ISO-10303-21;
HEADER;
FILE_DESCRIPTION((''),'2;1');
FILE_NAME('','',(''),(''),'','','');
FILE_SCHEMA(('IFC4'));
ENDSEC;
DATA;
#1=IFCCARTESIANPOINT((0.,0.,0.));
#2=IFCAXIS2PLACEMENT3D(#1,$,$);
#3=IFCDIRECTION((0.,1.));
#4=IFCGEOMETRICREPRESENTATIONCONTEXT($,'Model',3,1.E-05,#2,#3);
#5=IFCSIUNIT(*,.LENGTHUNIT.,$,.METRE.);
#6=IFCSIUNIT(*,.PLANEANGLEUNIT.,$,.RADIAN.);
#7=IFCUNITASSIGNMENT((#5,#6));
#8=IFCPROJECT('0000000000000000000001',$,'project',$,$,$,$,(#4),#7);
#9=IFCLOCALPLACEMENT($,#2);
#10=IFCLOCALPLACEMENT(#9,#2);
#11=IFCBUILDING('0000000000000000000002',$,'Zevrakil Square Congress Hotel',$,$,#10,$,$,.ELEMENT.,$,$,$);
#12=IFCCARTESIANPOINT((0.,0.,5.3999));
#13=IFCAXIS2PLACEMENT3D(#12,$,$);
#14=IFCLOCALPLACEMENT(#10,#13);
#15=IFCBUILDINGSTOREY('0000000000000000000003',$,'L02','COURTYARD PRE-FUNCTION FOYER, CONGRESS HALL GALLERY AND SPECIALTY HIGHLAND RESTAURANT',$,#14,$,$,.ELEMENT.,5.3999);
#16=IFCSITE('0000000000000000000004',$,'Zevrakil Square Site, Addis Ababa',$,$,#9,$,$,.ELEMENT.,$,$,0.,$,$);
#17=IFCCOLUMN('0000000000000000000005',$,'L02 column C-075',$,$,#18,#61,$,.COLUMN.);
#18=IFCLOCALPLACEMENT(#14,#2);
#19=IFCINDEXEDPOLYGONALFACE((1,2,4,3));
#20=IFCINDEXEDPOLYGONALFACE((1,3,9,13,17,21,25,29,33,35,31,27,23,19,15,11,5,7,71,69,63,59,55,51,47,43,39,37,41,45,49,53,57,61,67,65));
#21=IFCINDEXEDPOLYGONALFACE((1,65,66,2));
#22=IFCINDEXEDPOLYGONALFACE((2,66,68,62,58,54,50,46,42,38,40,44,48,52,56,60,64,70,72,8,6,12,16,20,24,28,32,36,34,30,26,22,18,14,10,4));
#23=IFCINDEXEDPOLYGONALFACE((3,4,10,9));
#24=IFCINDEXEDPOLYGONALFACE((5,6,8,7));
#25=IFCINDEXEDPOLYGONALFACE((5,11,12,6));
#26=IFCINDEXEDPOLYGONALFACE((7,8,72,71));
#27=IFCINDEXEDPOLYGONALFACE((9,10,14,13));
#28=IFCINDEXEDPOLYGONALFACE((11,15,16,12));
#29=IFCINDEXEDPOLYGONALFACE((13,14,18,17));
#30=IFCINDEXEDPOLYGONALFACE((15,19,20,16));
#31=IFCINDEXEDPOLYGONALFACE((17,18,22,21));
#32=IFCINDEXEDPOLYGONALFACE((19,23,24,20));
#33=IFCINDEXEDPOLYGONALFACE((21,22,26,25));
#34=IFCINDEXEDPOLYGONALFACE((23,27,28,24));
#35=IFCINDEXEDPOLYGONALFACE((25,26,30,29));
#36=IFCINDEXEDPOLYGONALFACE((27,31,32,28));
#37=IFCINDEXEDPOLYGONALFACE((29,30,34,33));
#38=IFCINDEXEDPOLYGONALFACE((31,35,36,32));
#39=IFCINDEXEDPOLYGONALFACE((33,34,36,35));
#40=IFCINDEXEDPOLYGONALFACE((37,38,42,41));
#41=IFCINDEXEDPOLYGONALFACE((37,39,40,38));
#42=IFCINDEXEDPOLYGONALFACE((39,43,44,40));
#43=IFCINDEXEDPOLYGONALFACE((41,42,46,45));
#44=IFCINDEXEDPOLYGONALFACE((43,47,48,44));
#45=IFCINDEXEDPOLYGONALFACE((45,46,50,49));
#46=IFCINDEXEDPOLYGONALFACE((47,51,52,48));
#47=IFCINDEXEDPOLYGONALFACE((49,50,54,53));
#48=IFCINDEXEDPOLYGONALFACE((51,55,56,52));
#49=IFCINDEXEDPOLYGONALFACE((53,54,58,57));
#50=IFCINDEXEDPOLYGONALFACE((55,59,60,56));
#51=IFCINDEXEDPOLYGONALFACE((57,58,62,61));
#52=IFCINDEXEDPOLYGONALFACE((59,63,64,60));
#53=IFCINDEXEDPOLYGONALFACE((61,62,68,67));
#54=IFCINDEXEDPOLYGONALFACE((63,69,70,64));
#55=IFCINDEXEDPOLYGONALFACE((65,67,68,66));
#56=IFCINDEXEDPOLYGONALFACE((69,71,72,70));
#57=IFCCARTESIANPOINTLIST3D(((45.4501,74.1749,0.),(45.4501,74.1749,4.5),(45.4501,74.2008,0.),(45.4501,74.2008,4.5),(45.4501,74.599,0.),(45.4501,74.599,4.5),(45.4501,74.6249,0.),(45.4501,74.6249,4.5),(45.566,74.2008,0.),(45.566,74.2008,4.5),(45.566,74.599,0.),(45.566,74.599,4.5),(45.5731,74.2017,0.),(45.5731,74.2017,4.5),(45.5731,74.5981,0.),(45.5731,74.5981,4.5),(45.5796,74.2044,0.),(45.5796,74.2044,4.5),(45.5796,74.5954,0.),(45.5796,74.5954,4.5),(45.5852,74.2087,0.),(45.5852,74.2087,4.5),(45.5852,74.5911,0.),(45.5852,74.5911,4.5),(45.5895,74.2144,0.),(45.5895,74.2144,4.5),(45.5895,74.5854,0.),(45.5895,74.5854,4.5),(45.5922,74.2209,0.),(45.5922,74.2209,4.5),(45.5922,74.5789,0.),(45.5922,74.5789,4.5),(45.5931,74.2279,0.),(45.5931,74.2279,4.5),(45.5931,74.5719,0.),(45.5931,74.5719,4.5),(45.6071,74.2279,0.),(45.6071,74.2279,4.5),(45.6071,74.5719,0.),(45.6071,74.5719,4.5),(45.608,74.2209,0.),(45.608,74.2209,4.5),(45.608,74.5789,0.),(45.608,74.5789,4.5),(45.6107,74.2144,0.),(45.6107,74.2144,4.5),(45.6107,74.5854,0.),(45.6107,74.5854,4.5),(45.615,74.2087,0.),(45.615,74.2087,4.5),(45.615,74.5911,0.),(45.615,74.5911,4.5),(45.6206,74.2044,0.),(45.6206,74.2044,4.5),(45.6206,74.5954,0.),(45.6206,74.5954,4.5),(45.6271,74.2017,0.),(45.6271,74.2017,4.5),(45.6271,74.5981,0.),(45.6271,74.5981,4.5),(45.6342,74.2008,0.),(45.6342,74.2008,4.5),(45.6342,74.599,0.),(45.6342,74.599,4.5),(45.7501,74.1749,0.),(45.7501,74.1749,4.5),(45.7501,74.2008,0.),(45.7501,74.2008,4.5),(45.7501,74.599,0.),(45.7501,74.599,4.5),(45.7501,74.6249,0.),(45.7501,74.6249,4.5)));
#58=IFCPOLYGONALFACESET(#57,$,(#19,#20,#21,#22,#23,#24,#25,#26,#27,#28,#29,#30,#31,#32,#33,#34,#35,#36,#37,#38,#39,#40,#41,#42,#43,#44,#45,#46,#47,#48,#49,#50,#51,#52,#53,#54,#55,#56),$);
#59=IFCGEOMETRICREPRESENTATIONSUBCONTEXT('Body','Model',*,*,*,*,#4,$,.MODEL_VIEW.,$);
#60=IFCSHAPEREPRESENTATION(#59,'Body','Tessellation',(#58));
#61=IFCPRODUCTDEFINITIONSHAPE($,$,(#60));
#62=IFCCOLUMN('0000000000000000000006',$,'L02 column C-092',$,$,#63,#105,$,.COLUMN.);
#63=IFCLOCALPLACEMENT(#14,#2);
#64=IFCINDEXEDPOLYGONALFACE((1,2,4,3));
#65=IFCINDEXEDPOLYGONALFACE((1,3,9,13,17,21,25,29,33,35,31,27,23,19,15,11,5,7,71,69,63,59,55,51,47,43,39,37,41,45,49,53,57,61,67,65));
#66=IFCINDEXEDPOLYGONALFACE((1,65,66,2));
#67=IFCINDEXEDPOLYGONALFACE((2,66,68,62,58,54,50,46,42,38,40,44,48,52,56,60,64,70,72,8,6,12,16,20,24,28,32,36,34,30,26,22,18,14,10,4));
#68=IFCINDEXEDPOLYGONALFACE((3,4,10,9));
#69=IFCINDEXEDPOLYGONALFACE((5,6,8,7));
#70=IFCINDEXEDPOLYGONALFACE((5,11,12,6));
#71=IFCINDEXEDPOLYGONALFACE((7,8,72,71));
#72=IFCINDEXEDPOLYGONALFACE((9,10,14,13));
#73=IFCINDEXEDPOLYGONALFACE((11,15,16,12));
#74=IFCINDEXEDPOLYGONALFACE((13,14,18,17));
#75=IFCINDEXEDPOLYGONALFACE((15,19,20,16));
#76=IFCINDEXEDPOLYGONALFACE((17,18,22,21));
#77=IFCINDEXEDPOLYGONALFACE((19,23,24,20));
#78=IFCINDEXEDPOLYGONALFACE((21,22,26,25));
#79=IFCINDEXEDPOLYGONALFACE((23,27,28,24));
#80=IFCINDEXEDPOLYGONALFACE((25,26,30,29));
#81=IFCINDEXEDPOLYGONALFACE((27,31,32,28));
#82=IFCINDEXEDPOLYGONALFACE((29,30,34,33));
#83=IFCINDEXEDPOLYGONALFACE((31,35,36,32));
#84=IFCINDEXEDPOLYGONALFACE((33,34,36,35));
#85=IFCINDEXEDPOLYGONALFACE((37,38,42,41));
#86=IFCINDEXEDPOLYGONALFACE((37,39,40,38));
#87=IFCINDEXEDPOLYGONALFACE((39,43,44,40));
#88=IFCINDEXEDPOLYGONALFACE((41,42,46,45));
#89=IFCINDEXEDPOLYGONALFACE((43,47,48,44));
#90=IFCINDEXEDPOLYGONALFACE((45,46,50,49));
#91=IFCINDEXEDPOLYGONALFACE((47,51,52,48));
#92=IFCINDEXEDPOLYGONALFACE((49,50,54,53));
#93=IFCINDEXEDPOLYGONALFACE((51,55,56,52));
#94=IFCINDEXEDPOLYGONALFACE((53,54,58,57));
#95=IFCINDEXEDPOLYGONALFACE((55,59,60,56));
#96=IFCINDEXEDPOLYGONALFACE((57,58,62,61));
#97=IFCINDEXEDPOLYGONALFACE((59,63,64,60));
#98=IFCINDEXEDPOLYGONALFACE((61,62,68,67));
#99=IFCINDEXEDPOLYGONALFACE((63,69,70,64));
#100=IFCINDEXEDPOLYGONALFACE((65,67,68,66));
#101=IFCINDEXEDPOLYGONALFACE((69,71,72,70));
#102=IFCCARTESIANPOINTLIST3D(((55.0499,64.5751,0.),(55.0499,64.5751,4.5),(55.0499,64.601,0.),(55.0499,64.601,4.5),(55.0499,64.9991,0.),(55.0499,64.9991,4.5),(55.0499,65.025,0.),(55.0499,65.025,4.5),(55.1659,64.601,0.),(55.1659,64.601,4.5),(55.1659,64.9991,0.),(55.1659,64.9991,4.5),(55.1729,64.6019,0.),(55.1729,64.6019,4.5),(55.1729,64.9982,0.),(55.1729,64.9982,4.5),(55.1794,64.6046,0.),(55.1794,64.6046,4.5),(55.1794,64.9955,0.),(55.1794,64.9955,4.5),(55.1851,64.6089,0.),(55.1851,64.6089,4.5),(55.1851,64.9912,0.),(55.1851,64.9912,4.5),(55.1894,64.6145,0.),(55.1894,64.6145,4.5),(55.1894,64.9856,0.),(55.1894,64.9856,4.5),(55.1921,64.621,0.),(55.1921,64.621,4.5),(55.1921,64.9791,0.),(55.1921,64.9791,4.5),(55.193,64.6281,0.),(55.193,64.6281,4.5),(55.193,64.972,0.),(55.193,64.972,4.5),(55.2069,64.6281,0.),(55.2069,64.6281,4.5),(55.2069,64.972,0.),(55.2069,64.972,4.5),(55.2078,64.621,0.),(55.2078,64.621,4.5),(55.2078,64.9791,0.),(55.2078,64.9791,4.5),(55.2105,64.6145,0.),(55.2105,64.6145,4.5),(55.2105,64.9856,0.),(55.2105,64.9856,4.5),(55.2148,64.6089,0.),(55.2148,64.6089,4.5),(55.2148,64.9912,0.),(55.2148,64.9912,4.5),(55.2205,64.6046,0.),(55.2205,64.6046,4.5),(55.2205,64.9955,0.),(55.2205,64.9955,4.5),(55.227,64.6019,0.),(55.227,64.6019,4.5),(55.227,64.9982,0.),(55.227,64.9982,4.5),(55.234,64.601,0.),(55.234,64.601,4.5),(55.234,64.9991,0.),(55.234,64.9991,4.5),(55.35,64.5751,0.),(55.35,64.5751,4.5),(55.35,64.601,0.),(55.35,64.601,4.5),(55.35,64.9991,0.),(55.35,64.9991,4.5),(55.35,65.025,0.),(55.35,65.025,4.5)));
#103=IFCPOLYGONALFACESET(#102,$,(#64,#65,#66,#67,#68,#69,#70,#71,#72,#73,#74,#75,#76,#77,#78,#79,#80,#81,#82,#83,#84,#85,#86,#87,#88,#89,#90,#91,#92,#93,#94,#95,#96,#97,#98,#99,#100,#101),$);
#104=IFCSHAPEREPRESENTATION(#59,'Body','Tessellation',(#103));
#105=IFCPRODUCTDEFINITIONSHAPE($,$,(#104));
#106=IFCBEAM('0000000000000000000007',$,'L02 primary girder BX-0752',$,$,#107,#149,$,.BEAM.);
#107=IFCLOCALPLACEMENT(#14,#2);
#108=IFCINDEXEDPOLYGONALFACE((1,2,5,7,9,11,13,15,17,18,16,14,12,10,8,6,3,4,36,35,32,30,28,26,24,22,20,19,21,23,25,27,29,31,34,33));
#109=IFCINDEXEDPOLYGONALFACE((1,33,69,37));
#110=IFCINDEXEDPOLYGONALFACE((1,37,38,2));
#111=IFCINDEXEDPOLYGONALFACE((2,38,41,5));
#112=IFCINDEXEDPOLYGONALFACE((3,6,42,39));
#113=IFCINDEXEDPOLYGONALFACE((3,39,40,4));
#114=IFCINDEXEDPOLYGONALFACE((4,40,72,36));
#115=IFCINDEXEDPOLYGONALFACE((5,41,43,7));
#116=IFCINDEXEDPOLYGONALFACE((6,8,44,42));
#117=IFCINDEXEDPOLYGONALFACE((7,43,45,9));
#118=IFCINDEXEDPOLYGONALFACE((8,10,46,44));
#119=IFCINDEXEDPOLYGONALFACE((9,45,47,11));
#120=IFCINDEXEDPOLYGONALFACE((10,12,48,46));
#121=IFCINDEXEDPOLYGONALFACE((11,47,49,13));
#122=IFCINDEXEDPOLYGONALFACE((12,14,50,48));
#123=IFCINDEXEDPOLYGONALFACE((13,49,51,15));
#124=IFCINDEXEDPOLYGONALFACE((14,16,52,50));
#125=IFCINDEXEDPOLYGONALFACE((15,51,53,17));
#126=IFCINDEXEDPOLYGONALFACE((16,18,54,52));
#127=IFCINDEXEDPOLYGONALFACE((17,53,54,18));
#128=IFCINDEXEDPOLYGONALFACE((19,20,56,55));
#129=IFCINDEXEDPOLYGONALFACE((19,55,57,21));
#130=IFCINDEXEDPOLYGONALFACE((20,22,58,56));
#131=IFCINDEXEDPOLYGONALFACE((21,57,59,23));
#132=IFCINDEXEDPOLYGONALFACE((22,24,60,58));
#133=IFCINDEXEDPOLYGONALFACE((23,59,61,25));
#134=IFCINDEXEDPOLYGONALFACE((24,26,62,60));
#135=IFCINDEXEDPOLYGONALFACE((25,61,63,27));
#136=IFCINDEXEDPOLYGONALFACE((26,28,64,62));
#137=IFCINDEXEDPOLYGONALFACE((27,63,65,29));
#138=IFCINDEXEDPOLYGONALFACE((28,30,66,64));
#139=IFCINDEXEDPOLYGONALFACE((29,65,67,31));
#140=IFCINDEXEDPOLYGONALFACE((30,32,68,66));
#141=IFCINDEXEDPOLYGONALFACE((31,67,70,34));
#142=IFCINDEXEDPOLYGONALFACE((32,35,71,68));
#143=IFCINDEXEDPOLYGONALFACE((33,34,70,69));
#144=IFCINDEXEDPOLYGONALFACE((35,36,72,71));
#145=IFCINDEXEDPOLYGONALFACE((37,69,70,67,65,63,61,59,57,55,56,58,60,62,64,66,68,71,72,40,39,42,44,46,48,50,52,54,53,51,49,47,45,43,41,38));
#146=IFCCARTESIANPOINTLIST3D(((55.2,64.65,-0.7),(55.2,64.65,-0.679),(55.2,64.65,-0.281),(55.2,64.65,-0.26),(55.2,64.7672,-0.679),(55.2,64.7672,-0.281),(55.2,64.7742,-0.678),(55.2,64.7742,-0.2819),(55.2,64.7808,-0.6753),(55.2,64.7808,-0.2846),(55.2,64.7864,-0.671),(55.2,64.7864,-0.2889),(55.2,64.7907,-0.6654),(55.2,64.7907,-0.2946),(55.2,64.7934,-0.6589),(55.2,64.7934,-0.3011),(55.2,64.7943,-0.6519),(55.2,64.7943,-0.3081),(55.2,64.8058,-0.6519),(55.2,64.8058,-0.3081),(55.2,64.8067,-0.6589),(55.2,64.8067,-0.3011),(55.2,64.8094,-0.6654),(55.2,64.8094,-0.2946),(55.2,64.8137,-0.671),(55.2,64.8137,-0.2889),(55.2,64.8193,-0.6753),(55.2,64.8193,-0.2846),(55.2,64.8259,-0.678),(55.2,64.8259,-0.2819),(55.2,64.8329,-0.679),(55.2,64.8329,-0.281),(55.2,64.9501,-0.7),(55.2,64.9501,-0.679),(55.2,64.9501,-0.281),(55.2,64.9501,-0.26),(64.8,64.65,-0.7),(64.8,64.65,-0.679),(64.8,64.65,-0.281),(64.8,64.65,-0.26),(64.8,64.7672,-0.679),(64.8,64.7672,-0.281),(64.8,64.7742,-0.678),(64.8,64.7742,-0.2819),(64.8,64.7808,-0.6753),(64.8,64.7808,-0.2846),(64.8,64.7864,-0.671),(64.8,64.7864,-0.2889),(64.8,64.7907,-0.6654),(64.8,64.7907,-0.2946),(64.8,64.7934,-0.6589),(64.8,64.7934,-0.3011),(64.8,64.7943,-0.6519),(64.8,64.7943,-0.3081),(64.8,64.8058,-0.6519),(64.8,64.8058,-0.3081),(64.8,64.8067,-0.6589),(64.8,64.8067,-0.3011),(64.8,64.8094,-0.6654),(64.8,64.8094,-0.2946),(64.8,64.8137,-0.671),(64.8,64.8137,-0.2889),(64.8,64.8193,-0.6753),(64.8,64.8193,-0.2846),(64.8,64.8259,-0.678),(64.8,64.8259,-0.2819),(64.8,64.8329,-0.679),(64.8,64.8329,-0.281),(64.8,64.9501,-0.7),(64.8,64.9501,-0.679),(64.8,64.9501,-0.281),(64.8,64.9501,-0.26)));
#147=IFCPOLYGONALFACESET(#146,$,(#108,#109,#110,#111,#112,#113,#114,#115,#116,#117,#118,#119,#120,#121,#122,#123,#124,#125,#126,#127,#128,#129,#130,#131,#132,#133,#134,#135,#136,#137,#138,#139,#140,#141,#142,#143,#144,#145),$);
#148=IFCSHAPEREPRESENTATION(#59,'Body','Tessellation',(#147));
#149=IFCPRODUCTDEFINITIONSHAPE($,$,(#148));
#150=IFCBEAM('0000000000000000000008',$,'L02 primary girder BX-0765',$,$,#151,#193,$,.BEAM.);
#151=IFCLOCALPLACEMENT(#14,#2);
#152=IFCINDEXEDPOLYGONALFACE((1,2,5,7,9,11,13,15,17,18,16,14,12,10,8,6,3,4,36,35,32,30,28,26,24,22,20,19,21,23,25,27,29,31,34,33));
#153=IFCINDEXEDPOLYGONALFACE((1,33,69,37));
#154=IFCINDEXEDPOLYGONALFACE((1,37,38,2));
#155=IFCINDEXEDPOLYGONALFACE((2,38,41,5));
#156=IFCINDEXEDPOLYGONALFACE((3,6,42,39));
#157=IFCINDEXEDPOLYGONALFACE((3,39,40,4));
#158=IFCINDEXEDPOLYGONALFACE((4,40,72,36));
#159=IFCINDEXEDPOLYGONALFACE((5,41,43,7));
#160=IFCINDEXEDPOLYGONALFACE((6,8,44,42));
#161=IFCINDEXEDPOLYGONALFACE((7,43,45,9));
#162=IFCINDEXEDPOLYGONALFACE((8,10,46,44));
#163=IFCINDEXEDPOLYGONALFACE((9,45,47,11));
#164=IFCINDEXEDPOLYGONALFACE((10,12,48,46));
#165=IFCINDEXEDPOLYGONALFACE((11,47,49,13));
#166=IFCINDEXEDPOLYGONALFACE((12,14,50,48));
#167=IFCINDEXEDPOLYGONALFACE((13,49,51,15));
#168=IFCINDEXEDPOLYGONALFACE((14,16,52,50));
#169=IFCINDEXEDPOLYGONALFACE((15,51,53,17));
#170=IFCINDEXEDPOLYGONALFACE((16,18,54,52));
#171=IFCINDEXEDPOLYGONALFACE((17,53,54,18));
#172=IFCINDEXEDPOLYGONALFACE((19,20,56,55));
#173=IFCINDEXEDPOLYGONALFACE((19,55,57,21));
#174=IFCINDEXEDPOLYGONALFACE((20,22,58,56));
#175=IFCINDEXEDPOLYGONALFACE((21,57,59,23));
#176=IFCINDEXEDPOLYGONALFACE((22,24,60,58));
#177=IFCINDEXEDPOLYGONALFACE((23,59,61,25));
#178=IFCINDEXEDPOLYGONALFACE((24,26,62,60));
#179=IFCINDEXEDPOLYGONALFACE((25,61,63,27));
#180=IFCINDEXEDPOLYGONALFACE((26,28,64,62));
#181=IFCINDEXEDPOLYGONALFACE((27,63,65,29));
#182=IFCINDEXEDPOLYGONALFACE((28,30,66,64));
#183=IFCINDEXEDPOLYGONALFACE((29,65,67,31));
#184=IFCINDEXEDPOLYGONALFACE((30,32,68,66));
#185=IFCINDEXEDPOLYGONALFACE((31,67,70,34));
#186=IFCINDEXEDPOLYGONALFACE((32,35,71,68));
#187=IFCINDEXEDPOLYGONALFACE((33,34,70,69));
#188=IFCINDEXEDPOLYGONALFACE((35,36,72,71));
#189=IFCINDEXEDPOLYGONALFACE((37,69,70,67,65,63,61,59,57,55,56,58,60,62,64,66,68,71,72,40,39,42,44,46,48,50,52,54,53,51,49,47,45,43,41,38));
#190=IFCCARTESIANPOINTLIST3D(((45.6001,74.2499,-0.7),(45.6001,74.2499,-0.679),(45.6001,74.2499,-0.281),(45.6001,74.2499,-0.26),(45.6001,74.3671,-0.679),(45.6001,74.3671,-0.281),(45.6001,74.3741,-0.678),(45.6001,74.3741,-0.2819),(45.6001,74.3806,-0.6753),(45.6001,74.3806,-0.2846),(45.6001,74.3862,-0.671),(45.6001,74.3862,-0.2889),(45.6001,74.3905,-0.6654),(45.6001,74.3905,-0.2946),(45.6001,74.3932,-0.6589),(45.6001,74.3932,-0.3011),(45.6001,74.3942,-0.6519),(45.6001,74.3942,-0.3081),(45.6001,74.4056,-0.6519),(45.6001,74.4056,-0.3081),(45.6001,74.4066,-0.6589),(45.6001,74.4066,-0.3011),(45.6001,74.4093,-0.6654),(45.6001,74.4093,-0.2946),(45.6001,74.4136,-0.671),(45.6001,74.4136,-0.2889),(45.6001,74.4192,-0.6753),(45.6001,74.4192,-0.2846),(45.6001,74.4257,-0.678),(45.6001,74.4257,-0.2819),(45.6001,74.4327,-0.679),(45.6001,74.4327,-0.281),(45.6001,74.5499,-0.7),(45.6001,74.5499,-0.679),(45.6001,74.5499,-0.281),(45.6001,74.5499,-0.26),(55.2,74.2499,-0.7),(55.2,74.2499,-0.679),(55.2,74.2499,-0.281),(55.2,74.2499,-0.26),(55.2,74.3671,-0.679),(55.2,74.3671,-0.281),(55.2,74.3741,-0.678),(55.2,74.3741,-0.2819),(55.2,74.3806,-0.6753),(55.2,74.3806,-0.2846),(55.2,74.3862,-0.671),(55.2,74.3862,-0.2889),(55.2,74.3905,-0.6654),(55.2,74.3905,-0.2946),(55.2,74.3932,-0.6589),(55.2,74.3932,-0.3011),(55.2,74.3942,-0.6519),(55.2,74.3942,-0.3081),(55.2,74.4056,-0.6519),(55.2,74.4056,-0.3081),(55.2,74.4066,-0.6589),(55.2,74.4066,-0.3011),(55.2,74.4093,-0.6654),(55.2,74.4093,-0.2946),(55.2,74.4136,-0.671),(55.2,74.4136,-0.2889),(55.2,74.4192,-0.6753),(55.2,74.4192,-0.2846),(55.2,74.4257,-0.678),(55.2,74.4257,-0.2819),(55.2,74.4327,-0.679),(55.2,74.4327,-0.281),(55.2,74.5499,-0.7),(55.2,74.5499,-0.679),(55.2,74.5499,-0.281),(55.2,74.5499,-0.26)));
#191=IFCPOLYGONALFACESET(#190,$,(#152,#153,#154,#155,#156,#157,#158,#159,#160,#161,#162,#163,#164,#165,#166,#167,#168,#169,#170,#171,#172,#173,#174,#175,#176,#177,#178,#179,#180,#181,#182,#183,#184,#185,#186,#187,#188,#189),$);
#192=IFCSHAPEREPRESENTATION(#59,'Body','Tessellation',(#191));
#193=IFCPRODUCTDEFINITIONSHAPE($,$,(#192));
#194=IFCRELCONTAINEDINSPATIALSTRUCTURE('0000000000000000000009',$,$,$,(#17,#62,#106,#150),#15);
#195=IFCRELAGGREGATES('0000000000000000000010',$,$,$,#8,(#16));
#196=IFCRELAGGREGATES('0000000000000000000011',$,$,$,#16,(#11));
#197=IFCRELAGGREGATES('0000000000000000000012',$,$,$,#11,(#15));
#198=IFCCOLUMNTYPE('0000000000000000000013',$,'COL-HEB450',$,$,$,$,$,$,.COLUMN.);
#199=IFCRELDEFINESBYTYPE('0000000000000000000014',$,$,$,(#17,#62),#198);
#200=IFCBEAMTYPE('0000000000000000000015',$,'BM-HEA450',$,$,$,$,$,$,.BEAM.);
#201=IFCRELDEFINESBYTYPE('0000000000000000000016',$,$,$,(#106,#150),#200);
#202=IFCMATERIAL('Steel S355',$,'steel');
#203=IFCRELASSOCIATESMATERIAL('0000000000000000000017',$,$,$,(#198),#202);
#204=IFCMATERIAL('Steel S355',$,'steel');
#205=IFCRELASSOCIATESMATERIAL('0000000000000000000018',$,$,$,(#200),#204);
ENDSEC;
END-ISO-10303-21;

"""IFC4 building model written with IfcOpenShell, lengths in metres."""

from ifc_helpers import new_model, si_unit, direction, frame, origin, origin_2d, place, context, subcontext, project, spatial, i_section, extrude, material, material_profile, profile_set, type_object, element, save


model = new_model("IFC4")

# Units and contexts
model_context = context("Model", 3, precision=1e-05, world=origin(), true_north=direction((0.0, 1.0)))
body_context = subcontext(model_context, "Body", "Model", "MODEL_VIEW")
ifc_project = project(units=[si_unit("LENGTHUNIT", "METRE"), si_unit("PLANEANGLEUNIT", "RADIAN")], contexts=[model_context])

# Site, building, storey
site_placement = place(None, origin())
site = spatial("IfcSite", under=ifc_project, at=site_placement, Name="Zevrakil Square Site, Addis Ababa", CompositionType="ELEMENT", RefElevation=0.0)
building_placement = place(site_placement, origin())
building = spatial("IfcBuilding", under=site, at=building_placement, Name="Zevrakil Square Congress Hotel", CompositionType="ELEMENT")
storey_placement = place(building_placement, frame((0.0, 0.0, 5.3999)))
storey = spatial("IfcBuildingStorey", under=building, at=storey_placement, Name="L02", Description="COURTYARD PRE-FUNCTION FOYER, CONGRESS HALL GALLERY AND SPECIALTY HIGHLAND RESTAURANT", CompositionType="ELEMENT", Elevation=5.3999)

# Columns
ifc_material_1 = material(Name="Steel S355", Category="steel")
ifc_material_profile_1 = material_profile(ifc_material_1, i_section(OverallWidth=0.3, OverallDepth=0.45, WebThickness=0.0139, FlangeThickness=0.0259, FilletRadius=0.0271, at=origin_2d()), Name="HEB 450")
ifc_profile_set_1 = profile_set([ifc_material_profile_1], Name="Steel S355")
column_type = type_object("IfcColumnType", Name="COL-HEB450", PredefinedType="COLUMN", material=ifc_profile_set_1)
for number, where, z_axis, x_axis, name in (
    (1, (45.6001, 74.3999, 0.0), (0.0, 0.0, 1.0), (1.0, 0.0, 0.0), "L02 column C-075"),
    (2, (55.2, 64.8, 0.0), (0.0, 0.0, 1.0), (1.0, 0.0, 0.0), "L02 column C-092"),
):
    element("IfcColumn", number, at=place(storey_placement, frame(where, z_axis=z_axis, x_axis=x_axis)), inside=storey, type_object=column_type, Name=name, PredefinedType="COLUMN", context=body_context, shape_type="SweptSolid", body=[
        extrude(i_section(OverallWidth=0.3, OverallDepth=0.45, WebThickness=0.0139, FlangeThickness=0.0259, FilletRadius=0.0271, at=origin_2d()), origin(), (0.0, 0.0, 1.0), 4.5),
    ])

# Beams
ifc_material_2 = material(Name="Steel S355", Category="steel")
ifc_material_profile_2 = material_profile(ifc_material_2, i_section(OverallWidth=0.3, OverallDepth=0.4399, WebThickness=0.0115, FlangeThickness=0.021, FilletRadius=0.0271, at=origin_2d()), Name="HEA 450")
ifc_profile_set_2 = profile_set([ifc_material_profile_2], Name="Steel S355")
beam_type_1 = type_object("IfcBeamType", Name="BM-HEA450", PredefinedType="BEAM", material=ifc_profile_set_2)
beam_1_placement = place(storey_placement, frame((55.2, 64.8, -0.48), z_axis=(1.0, 0.0, 0.0), x_axis=(0.0, 1.0, 0.0)))
element("IfcBeam", 3, at=beam_1_placement, inside=storey, type_object=beam_type_1, Name="L02 primary girder BX-0752", PredefinedType="BEAM", context=body_context, shape_type="SweptSolid", body=[
    extrude(i_section(OverallWidth=0.3, OverallDepth=0.4399, WebThickness=0.0115, FlangeThickness=0.021, FilletRadius=0.0271, at=origin_2d()), origin(), (0.0, 0.0, 1.0), 9.6001),
])
beam_2_placement = place(storey_placement, frame((45.6001, 74.3999, -0.48), z_axis=(1.0, 0.0, 0.0), x_axis=(0.0, 1.0, 0.0)))
element("IfcBeam", 4, at=beam_2_placement, inside=storey, type_object=beam_type_1, Name="L02 primary girder BX-0765", PredefinedType="BEAM", context=body_context, shape_type="SweptSolid", body=[
    extrude(i_section(OverallWidth=0.3, OverallDepth=0.4399, WebThickness=0.0115, FlangeThickness=0.021, FilletRadius=0.0271, at=origin_2d()), origin(), (0.0, 0.0, 1.0), 9.5999),
])

save(model, "model.ifc")
